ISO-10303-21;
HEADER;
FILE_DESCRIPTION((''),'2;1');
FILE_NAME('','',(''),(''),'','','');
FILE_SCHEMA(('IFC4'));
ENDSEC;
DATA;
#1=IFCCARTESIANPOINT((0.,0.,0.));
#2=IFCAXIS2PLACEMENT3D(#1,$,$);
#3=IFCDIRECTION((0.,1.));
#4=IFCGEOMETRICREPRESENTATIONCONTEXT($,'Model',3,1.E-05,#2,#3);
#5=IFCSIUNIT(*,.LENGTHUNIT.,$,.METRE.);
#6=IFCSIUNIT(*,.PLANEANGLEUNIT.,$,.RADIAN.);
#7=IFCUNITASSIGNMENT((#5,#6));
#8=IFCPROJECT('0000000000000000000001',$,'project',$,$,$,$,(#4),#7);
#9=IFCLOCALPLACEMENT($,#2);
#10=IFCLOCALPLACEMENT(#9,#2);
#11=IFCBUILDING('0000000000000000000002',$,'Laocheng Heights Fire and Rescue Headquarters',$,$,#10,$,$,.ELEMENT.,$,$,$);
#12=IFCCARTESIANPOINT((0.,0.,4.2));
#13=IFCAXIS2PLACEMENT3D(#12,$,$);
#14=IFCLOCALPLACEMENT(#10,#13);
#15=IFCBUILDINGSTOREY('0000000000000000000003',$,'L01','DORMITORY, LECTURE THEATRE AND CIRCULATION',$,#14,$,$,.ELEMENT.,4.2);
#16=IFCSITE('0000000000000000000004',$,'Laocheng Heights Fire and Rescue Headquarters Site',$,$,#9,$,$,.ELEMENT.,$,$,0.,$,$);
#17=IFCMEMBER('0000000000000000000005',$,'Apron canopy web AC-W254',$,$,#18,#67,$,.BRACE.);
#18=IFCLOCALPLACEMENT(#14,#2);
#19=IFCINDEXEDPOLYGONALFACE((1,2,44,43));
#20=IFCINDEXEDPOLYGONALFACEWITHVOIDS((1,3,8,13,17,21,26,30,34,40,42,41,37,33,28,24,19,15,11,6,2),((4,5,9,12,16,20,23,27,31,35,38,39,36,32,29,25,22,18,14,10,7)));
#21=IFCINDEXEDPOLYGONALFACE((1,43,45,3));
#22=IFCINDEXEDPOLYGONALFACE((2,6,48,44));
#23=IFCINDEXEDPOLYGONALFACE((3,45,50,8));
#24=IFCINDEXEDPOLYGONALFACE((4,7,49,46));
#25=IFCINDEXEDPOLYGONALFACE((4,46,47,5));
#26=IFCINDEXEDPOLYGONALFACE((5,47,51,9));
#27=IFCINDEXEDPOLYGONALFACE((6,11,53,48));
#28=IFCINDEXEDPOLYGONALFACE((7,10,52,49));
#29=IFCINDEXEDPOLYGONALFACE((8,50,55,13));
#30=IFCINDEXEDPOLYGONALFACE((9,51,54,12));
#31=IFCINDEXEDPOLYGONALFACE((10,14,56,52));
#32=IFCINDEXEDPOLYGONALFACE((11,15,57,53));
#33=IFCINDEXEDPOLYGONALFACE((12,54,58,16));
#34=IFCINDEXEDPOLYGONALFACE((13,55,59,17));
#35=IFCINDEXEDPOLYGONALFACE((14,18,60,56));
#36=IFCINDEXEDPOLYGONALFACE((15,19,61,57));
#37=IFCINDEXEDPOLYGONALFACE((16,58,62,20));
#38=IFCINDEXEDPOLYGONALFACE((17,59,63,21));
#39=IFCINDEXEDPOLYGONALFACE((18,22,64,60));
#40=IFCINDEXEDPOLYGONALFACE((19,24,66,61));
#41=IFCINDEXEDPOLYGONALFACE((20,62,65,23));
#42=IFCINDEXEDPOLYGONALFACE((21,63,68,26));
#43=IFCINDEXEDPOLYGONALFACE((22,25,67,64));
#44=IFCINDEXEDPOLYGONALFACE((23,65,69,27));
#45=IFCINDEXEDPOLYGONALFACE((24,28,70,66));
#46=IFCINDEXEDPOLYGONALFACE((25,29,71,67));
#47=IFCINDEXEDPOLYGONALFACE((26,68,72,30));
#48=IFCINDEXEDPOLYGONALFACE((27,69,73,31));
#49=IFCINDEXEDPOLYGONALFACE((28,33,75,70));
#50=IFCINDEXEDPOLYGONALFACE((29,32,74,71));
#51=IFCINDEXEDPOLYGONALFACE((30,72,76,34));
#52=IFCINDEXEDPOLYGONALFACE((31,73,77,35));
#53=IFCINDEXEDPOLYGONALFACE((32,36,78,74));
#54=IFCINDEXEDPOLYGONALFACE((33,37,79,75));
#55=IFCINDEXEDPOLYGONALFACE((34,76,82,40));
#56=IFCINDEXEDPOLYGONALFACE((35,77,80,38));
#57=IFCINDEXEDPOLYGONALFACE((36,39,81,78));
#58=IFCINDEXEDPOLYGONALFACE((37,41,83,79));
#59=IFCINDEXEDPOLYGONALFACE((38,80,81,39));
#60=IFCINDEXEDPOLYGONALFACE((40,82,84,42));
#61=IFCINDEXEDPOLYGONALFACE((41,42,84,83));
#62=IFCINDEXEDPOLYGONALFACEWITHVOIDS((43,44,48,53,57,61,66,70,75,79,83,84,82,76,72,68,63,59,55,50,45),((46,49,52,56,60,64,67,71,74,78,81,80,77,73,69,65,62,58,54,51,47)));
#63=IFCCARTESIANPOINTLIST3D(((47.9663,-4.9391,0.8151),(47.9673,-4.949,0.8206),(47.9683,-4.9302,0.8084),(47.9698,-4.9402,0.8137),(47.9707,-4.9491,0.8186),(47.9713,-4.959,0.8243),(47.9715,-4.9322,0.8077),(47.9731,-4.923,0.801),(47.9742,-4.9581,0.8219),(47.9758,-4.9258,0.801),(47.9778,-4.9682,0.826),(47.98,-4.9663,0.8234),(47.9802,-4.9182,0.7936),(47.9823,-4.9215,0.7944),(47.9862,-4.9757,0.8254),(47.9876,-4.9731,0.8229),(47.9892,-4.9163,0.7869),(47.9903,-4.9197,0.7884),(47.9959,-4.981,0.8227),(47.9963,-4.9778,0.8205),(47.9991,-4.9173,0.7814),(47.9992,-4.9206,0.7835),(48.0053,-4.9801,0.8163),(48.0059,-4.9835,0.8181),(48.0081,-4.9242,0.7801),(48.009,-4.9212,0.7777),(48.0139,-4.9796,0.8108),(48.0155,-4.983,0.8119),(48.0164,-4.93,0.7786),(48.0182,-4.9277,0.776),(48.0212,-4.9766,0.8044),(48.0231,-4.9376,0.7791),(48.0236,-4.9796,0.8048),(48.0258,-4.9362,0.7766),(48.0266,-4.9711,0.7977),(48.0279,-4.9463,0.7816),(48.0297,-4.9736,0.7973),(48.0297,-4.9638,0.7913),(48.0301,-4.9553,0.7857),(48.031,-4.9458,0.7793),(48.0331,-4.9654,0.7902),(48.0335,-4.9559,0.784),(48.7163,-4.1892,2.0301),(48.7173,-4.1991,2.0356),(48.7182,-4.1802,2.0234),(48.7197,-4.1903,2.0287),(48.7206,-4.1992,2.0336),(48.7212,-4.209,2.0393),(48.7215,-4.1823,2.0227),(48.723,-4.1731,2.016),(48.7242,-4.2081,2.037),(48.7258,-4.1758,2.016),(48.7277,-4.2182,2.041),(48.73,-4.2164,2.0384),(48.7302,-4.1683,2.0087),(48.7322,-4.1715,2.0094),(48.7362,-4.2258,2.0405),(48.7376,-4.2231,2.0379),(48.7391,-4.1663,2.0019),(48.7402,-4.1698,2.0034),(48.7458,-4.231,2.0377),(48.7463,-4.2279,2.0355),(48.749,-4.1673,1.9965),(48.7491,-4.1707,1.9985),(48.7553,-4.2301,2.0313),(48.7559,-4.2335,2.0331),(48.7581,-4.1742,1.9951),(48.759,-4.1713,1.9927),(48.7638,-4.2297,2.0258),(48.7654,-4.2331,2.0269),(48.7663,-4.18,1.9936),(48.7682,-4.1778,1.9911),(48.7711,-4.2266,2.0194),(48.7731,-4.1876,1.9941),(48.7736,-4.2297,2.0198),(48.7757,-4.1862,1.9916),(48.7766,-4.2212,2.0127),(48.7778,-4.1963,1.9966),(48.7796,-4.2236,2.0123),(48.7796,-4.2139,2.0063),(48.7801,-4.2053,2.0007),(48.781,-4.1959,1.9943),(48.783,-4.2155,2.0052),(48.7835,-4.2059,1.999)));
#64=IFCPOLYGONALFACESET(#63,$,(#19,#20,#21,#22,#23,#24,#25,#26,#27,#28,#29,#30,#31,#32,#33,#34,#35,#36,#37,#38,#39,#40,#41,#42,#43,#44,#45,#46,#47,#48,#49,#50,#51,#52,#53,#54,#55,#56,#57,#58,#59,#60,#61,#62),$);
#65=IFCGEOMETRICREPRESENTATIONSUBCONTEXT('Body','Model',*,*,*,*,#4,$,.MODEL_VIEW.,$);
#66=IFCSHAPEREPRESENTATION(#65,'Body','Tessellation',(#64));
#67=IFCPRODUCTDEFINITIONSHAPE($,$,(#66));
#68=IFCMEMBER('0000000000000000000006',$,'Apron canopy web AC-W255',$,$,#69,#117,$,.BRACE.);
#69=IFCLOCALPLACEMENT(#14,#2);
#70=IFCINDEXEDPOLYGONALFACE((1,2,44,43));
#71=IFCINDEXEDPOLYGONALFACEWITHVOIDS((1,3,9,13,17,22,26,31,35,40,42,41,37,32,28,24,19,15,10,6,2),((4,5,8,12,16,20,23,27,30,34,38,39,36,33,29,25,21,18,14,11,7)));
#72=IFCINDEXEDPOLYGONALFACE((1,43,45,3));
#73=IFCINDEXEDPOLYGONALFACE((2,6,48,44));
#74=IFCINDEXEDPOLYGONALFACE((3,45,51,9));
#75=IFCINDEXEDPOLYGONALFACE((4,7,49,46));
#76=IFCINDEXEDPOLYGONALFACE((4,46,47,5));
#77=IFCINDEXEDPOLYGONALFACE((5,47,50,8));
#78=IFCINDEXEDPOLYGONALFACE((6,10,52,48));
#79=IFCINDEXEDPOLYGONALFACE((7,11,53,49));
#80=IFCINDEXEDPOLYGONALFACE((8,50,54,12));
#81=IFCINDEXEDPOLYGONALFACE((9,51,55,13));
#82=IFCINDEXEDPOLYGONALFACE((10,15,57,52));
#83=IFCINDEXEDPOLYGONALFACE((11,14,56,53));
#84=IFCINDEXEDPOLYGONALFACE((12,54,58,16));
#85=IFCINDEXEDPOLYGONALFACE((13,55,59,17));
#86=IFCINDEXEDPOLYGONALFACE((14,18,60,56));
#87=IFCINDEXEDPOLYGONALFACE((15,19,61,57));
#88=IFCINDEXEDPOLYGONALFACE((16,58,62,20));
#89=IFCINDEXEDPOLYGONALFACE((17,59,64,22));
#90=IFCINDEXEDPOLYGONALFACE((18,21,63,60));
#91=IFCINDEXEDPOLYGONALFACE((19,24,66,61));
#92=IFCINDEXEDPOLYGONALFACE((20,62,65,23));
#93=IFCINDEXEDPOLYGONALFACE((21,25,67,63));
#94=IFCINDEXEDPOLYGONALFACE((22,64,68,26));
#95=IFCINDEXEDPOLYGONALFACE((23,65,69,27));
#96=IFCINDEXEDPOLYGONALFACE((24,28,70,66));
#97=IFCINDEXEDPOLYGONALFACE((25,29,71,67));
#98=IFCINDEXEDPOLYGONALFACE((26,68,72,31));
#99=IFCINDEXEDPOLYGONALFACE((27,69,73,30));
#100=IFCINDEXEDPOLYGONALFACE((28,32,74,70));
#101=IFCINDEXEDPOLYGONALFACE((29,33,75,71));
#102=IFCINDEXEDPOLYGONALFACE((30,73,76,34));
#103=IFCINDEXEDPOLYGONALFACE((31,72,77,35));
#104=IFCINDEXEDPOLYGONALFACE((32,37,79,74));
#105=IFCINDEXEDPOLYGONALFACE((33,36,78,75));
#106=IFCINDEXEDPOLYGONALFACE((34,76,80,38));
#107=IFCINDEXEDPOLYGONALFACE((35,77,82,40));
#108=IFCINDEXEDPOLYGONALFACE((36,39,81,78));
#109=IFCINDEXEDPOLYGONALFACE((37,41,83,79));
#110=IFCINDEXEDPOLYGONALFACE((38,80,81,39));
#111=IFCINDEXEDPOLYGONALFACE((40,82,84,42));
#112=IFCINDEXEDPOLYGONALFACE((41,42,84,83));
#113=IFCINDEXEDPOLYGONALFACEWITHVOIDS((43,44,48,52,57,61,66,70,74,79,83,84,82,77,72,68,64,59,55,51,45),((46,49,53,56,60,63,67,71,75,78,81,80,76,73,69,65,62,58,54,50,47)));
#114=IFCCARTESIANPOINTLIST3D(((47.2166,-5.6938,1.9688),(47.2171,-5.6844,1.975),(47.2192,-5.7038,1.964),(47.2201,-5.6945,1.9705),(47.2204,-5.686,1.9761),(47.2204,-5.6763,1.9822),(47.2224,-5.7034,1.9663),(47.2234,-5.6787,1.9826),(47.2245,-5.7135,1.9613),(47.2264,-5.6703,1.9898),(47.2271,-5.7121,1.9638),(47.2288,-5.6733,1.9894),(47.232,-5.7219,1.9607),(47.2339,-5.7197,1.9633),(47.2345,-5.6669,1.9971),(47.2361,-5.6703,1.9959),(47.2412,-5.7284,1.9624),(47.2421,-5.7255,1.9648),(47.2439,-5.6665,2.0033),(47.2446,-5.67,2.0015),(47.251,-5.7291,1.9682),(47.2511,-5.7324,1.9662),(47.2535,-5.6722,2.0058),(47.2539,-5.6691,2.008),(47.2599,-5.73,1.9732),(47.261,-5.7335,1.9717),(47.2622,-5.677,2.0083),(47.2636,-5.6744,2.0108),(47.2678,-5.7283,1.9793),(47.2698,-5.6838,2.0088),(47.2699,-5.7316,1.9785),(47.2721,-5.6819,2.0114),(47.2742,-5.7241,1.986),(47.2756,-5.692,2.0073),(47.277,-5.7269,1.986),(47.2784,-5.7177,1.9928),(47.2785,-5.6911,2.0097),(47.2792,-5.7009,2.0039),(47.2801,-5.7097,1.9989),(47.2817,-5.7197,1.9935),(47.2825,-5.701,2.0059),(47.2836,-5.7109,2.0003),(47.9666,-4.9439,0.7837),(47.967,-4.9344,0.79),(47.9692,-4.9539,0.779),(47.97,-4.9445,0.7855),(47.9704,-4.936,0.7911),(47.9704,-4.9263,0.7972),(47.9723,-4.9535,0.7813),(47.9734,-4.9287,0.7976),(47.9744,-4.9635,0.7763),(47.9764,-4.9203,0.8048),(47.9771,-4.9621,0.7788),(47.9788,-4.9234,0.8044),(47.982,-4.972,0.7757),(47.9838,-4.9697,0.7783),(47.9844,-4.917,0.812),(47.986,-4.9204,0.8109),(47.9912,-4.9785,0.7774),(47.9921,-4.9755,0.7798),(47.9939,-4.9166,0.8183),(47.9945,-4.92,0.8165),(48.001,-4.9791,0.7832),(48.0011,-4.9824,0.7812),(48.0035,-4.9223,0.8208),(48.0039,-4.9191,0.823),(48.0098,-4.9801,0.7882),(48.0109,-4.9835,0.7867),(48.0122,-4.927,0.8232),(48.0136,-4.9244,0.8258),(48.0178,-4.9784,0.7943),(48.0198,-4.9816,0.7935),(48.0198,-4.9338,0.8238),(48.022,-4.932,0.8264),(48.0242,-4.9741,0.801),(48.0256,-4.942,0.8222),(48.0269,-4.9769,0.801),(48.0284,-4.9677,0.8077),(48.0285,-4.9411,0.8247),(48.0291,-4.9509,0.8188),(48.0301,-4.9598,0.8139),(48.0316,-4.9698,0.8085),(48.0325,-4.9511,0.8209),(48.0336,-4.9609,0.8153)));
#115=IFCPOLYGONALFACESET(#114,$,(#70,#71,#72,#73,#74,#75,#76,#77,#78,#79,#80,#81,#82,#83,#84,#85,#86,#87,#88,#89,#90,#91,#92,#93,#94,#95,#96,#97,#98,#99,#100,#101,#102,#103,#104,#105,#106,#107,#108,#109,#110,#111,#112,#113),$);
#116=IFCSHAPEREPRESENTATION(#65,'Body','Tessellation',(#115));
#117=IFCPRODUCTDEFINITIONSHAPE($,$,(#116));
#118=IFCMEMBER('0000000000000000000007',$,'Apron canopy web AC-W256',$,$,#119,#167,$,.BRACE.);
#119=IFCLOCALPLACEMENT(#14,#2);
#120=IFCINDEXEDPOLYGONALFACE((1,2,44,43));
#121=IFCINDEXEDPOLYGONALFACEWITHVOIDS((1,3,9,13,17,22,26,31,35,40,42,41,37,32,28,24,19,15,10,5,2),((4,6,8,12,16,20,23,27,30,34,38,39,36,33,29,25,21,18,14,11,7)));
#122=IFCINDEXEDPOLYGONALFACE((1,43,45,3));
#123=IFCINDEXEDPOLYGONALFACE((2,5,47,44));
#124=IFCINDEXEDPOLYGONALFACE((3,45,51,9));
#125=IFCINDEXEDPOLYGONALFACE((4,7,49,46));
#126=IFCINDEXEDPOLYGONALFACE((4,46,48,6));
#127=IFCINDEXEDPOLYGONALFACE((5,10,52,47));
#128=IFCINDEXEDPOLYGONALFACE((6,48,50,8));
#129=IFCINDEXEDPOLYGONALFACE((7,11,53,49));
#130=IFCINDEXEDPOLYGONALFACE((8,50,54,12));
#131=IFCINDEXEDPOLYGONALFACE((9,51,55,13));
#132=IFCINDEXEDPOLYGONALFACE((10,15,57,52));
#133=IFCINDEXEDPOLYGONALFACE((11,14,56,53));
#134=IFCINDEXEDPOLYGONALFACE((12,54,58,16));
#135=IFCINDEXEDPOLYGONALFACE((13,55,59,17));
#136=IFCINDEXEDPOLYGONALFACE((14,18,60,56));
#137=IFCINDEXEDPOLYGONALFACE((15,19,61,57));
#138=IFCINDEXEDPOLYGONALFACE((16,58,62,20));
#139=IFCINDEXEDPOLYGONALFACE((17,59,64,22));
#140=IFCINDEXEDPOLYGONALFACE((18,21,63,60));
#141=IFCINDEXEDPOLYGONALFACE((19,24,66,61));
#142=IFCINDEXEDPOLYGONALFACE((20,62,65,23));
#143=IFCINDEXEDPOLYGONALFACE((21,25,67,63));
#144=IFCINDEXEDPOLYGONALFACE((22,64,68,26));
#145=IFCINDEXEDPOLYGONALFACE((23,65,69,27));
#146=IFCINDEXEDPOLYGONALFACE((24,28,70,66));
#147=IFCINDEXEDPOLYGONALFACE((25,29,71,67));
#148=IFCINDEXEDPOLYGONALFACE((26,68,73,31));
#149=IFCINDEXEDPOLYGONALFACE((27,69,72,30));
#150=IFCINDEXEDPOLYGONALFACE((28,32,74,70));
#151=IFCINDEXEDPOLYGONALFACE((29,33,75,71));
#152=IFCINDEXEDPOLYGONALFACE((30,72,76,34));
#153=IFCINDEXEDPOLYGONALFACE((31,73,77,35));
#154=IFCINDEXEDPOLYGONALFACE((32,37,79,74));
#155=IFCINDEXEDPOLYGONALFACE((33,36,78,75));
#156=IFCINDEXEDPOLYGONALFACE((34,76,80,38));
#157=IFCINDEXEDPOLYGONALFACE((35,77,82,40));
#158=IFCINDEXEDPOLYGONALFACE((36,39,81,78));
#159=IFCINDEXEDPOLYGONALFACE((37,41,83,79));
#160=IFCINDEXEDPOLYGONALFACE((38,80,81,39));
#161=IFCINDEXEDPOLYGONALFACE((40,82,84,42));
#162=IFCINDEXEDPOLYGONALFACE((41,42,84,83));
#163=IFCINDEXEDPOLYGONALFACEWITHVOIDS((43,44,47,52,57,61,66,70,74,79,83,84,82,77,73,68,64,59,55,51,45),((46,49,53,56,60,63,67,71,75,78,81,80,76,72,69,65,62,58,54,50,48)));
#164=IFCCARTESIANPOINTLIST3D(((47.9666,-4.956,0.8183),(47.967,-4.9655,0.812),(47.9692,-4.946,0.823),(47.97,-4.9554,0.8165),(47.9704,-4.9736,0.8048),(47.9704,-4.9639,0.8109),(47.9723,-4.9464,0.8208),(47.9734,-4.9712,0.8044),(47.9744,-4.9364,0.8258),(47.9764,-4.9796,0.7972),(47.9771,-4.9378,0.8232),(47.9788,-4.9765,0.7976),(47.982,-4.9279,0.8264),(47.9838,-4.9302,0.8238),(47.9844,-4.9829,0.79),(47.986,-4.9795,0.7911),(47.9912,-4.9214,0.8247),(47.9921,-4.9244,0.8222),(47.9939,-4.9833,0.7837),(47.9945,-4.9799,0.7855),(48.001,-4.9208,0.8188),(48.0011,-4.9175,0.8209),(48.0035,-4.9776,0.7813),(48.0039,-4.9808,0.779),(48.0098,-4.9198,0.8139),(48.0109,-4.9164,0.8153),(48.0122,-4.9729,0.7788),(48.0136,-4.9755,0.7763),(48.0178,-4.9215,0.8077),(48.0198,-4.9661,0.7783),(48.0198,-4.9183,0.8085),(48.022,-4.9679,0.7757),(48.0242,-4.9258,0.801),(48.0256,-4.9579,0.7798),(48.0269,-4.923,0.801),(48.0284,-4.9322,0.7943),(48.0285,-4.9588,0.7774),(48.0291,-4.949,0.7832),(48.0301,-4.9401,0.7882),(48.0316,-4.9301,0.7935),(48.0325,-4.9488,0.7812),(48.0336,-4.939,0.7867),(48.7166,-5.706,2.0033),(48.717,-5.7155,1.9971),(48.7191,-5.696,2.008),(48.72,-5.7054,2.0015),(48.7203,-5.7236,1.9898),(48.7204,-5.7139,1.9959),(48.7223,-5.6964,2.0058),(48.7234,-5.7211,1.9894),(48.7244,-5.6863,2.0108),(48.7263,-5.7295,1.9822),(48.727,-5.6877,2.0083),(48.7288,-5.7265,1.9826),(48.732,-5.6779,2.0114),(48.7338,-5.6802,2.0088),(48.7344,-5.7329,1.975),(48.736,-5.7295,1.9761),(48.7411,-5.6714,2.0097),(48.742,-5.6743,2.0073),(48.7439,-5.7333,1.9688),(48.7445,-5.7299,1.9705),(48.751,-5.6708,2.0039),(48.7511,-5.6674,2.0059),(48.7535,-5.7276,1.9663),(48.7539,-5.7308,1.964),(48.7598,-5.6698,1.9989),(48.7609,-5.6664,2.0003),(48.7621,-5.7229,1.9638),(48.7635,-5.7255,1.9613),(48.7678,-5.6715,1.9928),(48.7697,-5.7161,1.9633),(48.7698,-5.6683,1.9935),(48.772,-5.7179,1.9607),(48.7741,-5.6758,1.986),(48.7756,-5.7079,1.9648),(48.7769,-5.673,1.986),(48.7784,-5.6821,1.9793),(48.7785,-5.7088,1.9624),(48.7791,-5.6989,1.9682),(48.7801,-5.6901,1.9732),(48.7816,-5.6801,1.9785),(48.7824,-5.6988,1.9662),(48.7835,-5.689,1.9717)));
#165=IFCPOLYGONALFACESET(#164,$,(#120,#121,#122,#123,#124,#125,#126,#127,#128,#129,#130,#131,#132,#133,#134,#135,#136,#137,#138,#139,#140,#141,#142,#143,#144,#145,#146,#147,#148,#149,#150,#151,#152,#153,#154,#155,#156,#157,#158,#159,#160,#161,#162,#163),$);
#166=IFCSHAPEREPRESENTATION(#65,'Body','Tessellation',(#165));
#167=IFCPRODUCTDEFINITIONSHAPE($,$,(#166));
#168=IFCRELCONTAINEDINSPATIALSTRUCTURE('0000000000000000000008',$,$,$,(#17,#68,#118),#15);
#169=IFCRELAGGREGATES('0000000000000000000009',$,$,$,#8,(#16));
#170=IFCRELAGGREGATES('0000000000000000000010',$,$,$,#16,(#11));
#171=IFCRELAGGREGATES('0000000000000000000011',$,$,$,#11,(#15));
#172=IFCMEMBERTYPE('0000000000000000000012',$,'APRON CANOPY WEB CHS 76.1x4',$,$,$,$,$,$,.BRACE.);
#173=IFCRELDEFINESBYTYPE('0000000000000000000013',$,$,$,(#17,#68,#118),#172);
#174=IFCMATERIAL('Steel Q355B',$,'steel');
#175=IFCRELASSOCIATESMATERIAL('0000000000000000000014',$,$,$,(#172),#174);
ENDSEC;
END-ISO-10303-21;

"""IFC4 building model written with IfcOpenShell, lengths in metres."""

from ifc_helpers import new_model, si_unit, direction, frame, origin, origin_2d, place, context, subcontext, project, spatial, hollow_circle, extrude, material, material_profile, profile_set, type_object, element, save


model = new_model("IFC4")

# Units and contexts
model_context = context("Model", 3, precision=1e-05, world=origin(), true_north=direction((0.0, 1.0)))
body_context = subcontext(model_context, "Body", "Model", "MODEL_VIEW")
ifc_project = project(units=[si_unit("LENGTHUNIT", "METRE"), si_unit("PLANEANGLEUNIT", "RADIAN")], contexts=[model_context])

# Site, building, storey
site_placement = place(None, origin())
site = spatial("IfcSite", under=ifc_project, at=site_placement, Name="Laocheng Heights Fire and Rescue Headquarters Site", CompositionType="ELEMENT", RefElevation=0.0)
building_placement = place(site_placement, origin())
building = spatial("IfcBuilding", under=site, at=building_placement, Name="Laocheng Heights Fire and Rescue Headquarters", CompositionType="ELEMENT")
storey_placement = place(building_placement, frame((0.0, 0.0, 4.2)))
storey = spatial("IfcBuildingStorey", under=building, at=storey_placement, Name="L01", Description="DORMITORY, LECTURE THEATRE AND CIRCULATION", CompositionType="ELEMENT", Elevation=4.2)

# Members
ifc_material_1 = material(Name="Steel Q355B", Category="steel")
ifc_material_profile_1 = material_profile(ifc_material_1, hollow_circle(Radius=0.0381, WallThickness=0.0039, at=origin_2d()), Name="CHS 76.1x4")
ifc_profile_set_1 = profile_set([ifc_material_profile_1], Name="Steel Q355B")
member_type_1 = type_object("IfcMemberType", Name="APRON CANOPY WEB CHS 76.1x4", PredefinedType="BRACE", material=ifc_profile_set_1)
for number, where, z_axis, x_axis, name in (
    (1, (48.0, -4.95, 0.801), (0.465002, 0.465002, 0.753357), (-0.707107, 0.707107, 0.0), "Apron canopy web AC-W254"),
):
    element("IfcMember", number, at=place(storey_placement, frame(where, z_axis=z_axis, x_axis=x_axis)), inside=storey, type_object=member_type_1, Name=name, PredefinedType="BRACE", context=body_context, shape_type="SweptSolid", body=[
        extrude(hollow_circle(Radius=0.0381, WallThickness=0.0039, at=origin_2d()), origin(), (0.0, 0.0, 1.0), 1.6128),
    ])
for number, where, z_axis, x_axis, name in (
    (2, (48.0, -4.95, 0.801), (-0.47158, -0.47158, 0.745134), (0.707107, -0.707107, 0.0), "Apron canopy web AC-W255"),
    (3, (48.0, -4.95, 0.801), (0.47158, -0.47158, 0.745134), (0.707107, 0.707107, 0.0), "Apron canopy web AC-W256"),
):
    element("IfcMember", number, at=place(storey_placement, frame(where, z_axis=z_axis, x_axis=x_axis)), inside=storey, type_object=member_type_1, Name=name, PredefinedType="BRACE", context=body_context, shape_type="SweptSolid", body=[
        extrude(hollow_circle(Radius=0.0381, WallThickness=0.0039, at=origin_2d()), origin(), (0.0, 0.0, 1.0), 1.5903),
    ])

save(model, "model.ifc")
